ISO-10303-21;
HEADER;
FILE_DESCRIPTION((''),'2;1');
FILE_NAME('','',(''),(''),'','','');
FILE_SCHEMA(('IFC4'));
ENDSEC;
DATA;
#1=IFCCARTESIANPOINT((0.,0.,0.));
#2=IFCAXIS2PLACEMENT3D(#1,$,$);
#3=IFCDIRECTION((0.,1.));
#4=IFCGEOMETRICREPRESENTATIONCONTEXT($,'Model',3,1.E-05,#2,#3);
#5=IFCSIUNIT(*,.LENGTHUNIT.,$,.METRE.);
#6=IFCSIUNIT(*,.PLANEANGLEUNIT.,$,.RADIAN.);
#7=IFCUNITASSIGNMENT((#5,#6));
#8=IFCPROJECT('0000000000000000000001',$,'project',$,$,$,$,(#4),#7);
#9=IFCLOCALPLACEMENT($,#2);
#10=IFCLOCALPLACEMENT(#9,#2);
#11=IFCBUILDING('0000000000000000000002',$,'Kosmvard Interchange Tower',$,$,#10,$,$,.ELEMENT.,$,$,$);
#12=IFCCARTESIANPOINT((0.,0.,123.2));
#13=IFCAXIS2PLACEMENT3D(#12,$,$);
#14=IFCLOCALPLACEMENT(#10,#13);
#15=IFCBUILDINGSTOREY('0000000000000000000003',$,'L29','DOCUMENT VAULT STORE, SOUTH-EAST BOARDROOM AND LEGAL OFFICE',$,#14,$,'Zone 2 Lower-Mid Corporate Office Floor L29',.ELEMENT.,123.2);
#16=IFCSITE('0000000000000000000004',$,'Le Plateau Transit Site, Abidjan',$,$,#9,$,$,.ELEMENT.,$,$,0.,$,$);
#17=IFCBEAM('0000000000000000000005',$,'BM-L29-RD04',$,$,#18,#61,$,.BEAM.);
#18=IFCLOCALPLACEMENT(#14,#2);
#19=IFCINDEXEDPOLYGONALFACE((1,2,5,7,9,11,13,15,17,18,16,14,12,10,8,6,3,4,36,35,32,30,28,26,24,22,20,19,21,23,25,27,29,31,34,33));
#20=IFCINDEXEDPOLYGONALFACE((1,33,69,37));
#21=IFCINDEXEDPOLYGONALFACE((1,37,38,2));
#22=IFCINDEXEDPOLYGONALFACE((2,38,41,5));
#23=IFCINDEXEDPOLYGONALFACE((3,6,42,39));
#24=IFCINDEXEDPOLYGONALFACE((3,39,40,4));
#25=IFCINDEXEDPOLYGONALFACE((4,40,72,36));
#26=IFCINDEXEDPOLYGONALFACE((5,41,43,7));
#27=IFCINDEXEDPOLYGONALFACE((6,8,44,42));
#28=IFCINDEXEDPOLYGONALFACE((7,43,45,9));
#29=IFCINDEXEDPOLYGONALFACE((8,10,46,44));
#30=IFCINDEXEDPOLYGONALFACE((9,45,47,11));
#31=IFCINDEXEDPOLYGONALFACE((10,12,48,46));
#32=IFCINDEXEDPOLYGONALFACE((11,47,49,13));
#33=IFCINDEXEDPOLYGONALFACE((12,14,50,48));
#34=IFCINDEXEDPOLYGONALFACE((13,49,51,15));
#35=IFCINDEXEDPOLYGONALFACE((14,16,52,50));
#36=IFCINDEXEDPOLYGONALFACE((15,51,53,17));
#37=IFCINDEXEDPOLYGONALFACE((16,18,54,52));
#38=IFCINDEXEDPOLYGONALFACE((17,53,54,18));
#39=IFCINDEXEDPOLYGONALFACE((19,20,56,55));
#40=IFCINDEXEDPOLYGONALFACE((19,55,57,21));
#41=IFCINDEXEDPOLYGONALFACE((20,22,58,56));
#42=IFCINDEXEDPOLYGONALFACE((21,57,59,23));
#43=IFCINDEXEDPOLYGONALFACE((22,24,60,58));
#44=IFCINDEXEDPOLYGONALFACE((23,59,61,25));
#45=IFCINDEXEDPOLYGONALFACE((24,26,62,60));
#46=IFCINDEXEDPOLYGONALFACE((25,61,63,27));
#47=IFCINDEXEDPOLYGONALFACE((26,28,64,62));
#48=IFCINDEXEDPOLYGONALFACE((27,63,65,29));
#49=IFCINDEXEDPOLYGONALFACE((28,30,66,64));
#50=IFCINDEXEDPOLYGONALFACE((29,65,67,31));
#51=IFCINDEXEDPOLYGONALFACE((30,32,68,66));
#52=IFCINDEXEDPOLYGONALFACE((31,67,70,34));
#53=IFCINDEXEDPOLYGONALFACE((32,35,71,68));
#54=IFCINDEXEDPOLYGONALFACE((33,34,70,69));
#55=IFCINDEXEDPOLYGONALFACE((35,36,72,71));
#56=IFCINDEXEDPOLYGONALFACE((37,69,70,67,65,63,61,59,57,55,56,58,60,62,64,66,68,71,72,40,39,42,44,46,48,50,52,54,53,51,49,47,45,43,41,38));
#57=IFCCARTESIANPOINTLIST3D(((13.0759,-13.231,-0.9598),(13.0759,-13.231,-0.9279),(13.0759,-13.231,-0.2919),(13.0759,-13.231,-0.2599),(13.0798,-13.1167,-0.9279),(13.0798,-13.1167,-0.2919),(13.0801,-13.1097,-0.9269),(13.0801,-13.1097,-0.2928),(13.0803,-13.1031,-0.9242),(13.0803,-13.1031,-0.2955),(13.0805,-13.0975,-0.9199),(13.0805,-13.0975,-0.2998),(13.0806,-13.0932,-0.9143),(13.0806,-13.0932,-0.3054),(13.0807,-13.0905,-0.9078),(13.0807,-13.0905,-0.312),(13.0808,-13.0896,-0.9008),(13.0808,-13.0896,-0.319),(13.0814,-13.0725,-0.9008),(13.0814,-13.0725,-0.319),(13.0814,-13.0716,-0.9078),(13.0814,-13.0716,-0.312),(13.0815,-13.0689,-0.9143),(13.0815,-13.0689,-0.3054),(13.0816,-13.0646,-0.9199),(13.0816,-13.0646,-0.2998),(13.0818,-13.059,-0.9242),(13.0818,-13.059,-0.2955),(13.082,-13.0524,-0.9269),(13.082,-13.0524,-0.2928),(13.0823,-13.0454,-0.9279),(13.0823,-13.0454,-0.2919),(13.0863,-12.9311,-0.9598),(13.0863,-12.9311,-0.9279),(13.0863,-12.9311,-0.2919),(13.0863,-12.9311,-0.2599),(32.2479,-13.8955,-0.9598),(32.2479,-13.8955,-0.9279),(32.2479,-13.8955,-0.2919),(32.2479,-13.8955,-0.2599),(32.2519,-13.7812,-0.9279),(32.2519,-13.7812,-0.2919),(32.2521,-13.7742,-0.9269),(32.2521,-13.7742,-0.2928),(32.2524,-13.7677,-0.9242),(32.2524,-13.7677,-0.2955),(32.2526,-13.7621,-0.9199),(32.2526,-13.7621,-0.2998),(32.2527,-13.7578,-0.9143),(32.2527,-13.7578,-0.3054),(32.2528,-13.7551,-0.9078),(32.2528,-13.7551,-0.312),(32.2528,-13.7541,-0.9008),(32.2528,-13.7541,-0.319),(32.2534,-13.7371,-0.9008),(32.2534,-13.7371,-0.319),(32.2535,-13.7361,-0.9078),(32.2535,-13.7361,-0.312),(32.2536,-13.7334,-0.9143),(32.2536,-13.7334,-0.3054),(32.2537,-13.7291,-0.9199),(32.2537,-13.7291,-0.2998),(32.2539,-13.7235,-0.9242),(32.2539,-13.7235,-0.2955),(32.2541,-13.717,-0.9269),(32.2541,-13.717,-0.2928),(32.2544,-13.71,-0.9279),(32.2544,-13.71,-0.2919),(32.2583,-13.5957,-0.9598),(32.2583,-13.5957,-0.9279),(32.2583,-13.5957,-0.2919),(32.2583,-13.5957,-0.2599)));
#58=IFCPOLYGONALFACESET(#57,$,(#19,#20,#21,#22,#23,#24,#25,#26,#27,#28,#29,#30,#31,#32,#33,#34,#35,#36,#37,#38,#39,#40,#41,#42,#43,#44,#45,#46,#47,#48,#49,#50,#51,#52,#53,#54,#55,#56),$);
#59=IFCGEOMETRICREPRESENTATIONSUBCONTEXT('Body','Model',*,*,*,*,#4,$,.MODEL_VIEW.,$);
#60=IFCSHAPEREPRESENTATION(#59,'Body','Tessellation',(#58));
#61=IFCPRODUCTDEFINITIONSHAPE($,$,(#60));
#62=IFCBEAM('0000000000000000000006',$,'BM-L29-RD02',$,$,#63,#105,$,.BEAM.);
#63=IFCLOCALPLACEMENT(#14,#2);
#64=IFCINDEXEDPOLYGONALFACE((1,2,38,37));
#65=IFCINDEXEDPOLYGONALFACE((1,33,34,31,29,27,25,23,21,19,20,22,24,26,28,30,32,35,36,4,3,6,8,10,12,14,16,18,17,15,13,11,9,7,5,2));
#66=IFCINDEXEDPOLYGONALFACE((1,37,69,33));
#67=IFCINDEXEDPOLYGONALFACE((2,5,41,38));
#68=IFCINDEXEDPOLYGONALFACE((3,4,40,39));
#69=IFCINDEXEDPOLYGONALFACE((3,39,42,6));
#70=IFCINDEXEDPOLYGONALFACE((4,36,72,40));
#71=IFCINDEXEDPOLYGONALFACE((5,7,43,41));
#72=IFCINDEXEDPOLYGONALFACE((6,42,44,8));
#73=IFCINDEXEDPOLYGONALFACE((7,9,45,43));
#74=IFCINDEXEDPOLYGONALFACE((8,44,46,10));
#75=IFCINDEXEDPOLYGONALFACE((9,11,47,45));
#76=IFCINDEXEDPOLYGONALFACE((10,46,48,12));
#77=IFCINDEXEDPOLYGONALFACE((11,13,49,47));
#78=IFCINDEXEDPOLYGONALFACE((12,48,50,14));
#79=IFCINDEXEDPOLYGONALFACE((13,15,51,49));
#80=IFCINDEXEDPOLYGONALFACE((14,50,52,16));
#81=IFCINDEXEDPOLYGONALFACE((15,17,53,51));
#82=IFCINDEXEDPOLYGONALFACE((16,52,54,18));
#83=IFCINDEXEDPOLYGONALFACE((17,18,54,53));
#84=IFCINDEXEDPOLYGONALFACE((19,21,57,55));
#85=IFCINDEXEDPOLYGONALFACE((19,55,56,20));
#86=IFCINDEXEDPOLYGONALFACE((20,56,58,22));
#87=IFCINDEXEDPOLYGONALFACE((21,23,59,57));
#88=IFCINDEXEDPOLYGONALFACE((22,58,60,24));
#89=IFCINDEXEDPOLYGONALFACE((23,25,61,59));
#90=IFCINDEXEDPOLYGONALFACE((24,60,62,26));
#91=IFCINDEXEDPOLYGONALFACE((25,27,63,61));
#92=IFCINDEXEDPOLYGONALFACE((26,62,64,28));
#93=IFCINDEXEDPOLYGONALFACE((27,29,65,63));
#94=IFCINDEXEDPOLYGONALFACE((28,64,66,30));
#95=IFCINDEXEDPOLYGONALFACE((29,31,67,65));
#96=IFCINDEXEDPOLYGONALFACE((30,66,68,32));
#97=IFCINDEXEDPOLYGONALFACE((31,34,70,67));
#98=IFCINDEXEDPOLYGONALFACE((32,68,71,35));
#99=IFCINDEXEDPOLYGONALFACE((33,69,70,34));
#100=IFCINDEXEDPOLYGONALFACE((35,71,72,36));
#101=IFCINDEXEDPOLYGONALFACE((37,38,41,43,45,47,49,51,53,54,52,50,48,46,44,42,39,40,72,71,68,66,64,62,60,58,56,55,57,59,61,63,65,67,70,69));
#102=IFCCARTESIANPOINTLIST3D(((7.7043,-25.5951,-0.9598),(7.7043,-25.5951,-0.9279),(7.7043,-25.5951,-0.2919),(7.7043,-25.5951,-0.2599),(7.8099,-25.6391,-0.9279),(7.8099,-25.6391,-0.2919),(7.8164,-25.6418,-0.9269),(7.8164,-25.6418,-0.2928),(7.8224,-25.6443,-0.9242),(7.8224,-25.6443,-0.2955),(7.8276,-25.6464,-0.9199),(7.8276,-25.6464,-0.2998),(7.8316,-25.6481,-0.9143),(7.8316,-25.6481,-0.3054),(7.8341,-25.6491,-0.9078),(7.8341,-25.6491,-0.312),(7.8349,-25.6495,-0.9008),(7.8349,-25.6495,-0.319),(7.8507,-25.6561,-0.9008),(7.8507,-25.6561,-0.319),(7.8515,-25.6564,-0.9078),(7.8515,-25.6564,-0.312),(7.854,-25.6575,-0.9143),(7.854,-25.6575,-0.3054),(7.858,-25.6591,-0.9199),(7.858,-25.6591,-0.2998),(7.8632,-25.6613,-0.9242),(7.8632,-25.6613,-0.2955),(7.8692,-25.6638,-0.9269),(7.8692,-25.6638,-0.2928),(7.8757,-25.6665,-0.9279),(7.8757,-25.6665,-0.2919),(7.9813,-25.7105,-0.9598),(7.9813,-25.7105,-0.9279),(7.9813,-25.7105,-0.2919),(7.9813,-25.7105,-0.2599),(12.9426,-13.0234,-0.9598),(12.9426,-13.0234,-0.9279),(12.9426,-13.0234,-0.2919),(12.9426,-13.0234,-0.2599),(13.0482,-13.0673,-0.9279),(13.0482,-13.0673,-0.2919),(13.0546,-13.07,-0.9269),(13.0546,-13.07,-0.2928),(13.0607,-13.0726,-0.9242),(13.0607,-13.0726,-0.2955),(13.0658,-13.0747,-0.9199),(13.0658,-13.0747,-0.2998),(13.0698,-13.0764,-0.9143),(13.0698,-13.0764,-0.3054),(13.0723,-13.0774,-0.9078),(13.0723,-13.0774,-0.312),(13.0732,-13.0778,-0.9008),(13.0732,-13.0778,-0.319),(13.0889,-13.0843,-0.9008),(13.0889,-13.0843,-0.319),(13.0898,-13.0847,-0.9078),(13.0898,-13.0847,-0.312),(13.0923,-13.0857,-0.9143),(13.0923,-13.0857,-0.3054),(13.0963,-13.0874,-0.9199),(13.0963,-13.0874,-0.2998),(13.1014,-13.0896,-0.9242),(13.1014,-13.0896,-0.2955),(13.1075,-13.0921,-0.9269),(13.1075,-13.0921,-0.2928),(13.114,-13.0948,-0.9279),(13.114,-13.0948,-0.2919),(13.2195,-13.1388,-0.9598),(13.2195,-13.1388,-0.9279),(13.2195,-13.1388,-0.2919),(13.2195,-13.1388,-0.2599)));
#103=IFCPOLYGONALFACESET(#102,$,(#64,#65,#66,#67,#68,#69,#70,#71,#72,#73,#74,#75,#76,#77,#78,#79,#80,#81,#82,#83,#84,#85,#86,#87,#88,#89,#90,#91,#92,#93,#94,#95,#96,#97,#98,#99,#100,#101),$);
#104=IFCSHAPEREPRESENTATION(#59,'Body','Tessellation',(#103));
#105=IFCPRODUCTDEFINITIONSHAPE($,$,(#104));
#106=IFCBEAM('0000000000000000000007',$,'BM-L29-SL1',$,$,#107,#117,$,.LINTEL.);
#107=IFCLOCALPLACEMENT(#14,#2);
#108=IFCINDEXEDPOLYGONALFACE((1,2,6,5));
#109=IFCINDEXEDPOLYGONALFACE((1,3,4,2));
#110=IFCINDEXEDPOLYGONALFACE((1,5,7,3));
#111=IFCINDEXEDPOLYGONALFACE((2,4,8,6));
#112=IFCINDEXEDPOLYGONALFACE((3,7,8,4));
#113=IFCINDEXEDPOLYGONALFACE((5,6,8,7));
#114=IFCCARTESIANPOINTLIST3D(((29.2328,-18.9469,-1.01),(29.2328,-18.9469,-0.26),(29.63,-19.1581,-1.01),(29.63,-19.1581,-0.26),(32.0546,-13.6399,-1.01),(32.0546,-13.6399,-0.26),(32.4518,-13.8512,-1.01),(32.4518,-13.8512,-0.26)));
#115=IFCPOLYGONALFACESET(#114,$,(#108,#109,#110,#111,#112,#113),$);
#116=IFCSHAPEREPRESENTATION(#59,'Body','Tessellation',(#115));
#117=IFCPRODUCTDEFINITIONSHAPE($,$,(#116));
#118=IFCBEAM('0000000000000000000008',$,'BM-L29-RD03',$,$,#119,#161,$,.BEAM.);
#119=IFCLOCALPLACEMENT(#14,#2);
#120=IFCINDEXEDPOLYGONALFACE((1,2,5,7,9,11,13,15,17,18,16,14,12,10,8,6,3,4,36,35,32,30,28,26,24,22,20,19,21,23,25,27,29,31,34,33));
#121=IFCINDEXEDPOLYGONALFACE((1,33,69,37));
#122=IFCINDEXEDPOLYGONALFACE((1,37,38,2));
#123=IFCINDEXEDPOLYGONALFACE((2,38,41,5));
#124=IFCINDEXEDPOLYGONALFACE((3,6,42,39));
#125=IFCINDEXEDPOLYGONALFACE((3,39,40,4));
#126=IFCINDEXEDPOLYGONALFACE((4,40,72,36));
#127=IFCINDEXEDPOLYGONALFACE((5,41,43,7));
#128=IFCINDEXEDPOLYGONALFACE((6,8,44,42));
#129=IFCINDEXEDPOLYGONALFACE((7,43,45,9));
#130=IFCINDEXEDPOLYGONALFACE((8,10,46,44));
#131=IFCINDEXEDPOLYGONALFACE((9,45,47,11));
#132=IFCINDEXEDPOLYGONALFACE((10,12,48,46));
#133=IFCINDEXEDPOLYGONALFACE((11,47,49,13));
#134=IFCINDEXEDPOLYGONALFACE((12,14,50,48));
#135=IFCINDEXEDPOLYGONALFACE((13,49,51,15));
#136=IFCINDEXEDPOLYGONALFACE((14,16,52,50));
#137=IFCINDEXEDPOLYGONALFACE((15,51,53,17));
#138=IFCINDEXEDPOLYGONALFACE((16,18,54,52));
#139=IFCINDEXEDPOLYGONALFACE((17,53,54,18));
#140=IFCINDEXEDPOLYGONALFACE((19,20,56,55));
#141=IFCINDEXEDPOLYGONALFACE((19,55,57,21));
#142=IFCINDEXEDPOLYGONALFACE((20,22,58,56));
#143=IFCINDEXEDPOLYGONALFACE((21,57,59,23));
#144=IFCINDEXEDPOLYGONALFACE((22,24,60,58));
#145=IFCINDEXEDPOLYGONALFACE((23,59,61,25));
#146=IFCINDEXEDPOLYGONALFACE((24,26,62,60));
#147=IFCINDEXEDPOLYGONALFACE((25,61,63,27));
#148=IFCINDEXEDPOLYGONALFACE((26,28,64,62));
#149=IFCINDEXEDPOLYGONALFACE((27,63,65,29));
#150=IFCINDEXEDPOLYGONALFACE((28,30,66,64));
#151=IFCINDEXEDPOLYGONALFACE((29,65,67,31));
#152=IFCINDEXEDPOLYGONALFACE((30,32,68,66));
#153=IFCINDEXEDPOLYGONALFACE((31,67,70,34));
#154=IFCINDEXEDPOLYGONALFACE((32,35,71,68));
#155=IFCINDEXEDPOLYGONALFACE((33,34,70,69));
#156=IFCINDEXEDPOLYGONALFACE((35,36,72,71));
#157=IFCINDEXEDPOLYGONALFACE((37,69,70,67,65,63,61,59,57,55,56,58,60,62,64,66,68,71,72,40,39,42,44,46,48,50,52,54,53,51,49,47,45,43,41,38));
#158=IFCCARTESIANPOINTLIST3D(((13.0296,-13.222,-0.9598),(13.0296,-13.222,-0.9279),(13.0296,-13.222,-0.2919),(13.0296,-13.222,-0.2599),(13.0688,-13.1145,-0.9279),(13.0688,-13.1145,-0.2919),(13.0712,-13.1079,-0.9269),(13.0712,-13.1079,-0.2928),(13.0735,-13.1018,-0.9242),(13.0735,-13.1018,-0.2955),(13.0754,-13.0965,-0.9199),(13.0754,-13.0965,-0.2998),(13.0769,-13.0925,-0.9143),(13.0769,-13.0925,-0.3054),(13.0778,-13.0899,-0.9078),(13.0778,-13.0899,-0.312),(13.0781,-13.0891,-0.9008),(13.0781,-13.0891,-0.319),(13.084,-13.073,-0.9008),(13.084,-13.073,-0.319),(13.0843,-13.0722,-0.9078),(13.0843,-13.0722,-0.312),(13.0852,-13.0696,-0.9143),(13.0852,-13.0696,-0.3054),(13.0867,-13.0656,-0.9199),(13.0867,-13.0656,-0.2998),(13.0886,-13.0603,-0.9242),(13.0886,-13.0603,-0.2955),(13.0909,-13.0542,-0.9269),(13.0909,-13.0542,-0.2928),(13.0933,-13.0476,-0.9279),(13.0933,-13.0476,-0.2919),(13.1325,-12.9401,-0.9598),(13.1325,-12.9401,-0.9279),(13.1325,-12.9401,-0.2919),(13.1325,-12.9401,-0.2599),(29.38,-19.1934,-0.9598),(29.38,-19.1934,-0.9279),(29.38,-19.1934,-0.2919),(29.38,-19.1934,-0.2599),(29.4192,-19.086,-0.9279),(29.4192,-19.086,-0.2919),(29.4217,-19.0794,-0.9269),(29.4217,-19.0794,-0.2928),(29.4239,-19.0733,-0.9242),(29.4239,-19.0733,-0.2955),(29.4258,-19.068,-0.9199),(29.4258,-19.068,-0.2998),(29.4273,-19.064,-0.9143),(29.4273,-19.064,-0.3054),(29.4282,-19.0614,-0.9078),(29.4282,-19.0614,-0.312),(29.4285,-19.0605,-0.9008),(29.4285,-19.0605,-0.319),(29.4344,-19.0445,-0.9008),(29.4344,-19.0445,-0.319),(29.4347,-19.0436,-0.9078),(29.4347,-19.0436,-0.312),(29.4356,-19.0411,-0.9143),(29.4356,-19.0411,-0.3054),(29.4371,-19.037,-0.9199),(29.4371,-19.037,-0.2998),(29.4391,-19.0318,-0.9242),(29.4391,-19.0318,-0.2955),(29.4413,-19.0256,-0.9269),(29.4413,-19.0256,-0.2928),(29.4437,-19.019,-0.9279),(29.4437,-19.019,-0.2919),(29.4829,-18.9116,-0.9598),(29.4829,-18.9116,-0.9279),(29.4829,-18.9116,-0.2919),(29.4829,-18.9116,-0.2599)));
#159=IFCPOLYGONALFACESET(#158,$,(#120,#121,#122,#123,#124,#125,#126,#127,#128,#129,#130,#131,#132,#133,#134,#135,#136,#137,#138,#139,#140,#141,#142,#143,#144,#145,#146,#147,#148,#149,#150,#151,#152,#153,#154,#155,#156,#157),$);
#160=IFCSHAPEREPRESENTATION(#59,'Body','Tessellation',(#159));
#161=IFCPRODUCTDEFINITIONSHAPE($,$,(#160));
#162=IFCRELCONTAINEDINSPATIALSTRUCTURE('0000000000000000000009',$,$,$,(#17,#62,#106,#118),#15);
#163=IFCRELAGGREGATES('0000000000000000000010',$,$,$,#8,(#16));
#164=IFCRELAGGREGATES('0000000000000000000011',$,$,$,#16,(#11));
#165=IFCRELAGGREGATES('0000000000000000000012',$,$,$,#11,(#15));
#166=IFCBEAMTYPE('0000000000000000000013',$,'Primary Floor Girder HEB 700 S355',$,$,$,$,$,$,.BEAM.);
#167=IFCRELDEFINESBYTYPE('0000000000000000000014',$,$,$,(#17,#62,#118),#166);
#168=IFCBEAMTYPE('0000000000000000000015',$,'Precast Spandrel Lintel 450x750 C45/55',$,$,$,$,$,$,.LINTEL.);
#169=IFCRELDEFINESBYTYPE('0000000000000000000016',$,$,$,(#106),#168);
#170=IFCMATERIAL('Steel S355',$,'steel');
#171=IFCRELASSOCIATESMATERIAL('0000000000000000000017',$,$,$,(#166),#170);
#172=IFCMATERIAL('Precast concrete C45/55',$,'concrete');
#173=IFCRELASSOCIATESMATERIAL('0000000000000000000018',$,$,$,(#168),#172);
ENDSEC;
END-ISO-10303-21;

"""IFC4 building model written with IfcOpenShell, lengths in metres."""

from ifc_helpers import new_model, si_unit, direction, frame, origin, origin_2d, place, context, subcontext, project, spatial, rectangle, i_section, extrude, source, transform, mapped, material, material_profile, profile_set, type_object, element, save


model = new_model("IFC4")

# Units and contexts
model_context = context("Model", 3, precision=1e-05, world=origin(), true_north=direction((0.0, 1.0)))
body_context = subcontext(model_context, "Body", "Model", "MODEL_VIEW")
ifc_project = project(units=[si_unit("LENGTHUNIT", "METRE"), si_unit("PLANEANGLEUNIT", "RADIAN")], contexts=[model_context])

# Site, building, storey
site_placement = place(None, origin())
site = spatial("IfcSite", under=ifc_project, at=site_placement, Name="Le Plateau Transit Site, Abidjan", CompositionType="ELEMENT", RefElevation=0.0)
building_placement = place(site_placement, origin())
building = spatial("IfcBuilding", under=site, at=building_placement, Name="Kosmvard Interchange Tower", CompositionType="ELEMENT")
storey_placement = place(building_placement, frame((0.0, 0.0, 123.2)))
storey = spatial("IfcBuildingStorey", under=building, at=storey_placement, Name="L29", Description="DOCUMENT VAULT STORE, SOUTH-EAST BOARDROOM AND LEGAL OFFICE", LongName="Zone 2 Lower-Mid Corporate Office Floor L29", CompositionType="ELEMENT", Elevation=123.2)

# Beams
ifc_material_1 = material(Name="Steel S355", Category="steel")
ifc_material_profile_1 = material_profile(ifc_material_1, i_section(OverallWidth=0.3, OverallDepth=0.7, WebThickness=0.0171, FlangeThickness=0.032, FilletRadius=0.0271, at=origin_2d()), Name="HEB 700")
ifc_profile_set_1 = profile_set([ifc_material_profile_1], Name="Steel S355")
beam_type_1 = type_object("IfcBeamType", Name="Primary Floor Girder HEB 700 S355", PredefinedType="BEAM", material=ifc_profile_set_1)
shared_shape_1 = source(origin(), body_context, "Body", "SweptSolid", [
    extrude(i_section(OverallWidth=0.3, OverallDepth=0.7, WebThickness=0.0171, FlangeThickness=0.032, FilletRadius=0.0271, at=origin_2d()), origin(), (0.0, 0.0, 1.0), 19.1836),
])
beam_1_placement = place(storey_placement, frame((13.0811, -13.0811, -0.6099), z_axis=(0.9994, -0.034642, 0.0), x_axis=(0.034642, 0.9994, 0.0)))
element("IfcBeam", 1, at=beam_1_placement, inside=storey, type_object=beam_type_1, Name="BM-L29-RD04", PredefinedType="BEAM", context=body_context, shape_type="MappedRepresentation", body=[
    mapped(shared_shape_1, transform((0.0, 0.0, 0.0), scale=1.0)),
])
shared_shape_2 = source(origin(), body_context, "Body", "SweptSolid", [
    extrude(i_section(OverallWidth=0.3, OverallDepth=0.7, WebThickness=0.0171, FlangeThickness=0.032, FilletRadius=0.0271, at=origin_2d()), origin(), (0.0, 0.0, 1.0), 13.6194),
])
beam_2_placement = place(storey_placement, frame((13.0811, -13.0811, -0.6099), z_axis=(-0.384618, -0.923076, 0.0), x_axis=(0.923076, -0.384618, 0.0)))
element("IfcBeam", 2, at=beam_2_placement, inside=storey, type_object=beam_type_1, Name="BM-L29-RD02", PredefinedType="BEAM", context=body_context, shape_type="MappedRepresentation", body=[
    mapped(shared_shape_2, transform((0.0, 0.0, 0.0), scale=1.0)),
])
ifc_material_2 = material(Name="Precast concrete C45/55", Category="concrete")
ifc_material_profile_2 = material_profile(ifc_material_2, rectangle(XDim=0.45, YDim=0.75, at=origin_2d()), Name="SL 450x750")
ifc_profile_set_2 = profile_set([ifc_material_profile_2], Name="Precast concrete C45/55")
beam_type_2 = type_object("IfcBeamType", Name="Precast Spandrel Lintel 450x750 C45/55", PredefinedType="LINTEL", material=ifc_profile_set_2)
shared_shape_3 = source(origin(), body_context, "Body", "SweptSolid", [
    extrude(rectangle(XDim=0.45, YDim=0.75, at=origin_2d()), origin(), (0.0, 0.0, 1.0), 6.0105),
])
beam_3_placement = place(storey_placement, frame((29.4314, -19.0525, -0.635), z_axis=(0.469479, 0.882944, 0.0), x_axis=(-0.882944, 0.469479, 0.0)))
element("IfcBeam", 3, at=beam_3_placement, inside=storey, type_object=beam_type_2, Name="BM-L29-SL1", PredefinedType="LINTEL", context=body_context, shape_type="MappedRepresentation", body=[
    mapped(shared_shape_3, transform((0.0, 0.0, 0.0), scale=1.0)),
])
shared_shape_4 = source(origin(), body_context, "Body", "SweptSolid", [
    extrude(i_section(OverallWidth=0.3, OverallDepth=0.7, WebThickness=0.0171, FlangeThickness=0.032, FilletRadius=0.0271, at=origin_2d()), origin(), (0.0, 0.0, 1.0), 17.4067),
])
beam_4_placement = place(storey_placement, frame((13.0811, -13.0811, -0.6099), z_axis=(0.939315, -0.343055, 0.0), x_axis=(0.343055, 0.939315, 0.0)))
element("IfcBeam", 4, at=beam_4_placement, inside=storey, type_object=beam_type_1, Name="BM-L29-RD03", PredefinedType="BEAM", context=body_context, shape_type="MappedRepresentation", body=[
    mapped(shared_shape_4, transform((0.0, 0.0, 0.0), scale=1.0)),
])

save(model, "model.ifc")
